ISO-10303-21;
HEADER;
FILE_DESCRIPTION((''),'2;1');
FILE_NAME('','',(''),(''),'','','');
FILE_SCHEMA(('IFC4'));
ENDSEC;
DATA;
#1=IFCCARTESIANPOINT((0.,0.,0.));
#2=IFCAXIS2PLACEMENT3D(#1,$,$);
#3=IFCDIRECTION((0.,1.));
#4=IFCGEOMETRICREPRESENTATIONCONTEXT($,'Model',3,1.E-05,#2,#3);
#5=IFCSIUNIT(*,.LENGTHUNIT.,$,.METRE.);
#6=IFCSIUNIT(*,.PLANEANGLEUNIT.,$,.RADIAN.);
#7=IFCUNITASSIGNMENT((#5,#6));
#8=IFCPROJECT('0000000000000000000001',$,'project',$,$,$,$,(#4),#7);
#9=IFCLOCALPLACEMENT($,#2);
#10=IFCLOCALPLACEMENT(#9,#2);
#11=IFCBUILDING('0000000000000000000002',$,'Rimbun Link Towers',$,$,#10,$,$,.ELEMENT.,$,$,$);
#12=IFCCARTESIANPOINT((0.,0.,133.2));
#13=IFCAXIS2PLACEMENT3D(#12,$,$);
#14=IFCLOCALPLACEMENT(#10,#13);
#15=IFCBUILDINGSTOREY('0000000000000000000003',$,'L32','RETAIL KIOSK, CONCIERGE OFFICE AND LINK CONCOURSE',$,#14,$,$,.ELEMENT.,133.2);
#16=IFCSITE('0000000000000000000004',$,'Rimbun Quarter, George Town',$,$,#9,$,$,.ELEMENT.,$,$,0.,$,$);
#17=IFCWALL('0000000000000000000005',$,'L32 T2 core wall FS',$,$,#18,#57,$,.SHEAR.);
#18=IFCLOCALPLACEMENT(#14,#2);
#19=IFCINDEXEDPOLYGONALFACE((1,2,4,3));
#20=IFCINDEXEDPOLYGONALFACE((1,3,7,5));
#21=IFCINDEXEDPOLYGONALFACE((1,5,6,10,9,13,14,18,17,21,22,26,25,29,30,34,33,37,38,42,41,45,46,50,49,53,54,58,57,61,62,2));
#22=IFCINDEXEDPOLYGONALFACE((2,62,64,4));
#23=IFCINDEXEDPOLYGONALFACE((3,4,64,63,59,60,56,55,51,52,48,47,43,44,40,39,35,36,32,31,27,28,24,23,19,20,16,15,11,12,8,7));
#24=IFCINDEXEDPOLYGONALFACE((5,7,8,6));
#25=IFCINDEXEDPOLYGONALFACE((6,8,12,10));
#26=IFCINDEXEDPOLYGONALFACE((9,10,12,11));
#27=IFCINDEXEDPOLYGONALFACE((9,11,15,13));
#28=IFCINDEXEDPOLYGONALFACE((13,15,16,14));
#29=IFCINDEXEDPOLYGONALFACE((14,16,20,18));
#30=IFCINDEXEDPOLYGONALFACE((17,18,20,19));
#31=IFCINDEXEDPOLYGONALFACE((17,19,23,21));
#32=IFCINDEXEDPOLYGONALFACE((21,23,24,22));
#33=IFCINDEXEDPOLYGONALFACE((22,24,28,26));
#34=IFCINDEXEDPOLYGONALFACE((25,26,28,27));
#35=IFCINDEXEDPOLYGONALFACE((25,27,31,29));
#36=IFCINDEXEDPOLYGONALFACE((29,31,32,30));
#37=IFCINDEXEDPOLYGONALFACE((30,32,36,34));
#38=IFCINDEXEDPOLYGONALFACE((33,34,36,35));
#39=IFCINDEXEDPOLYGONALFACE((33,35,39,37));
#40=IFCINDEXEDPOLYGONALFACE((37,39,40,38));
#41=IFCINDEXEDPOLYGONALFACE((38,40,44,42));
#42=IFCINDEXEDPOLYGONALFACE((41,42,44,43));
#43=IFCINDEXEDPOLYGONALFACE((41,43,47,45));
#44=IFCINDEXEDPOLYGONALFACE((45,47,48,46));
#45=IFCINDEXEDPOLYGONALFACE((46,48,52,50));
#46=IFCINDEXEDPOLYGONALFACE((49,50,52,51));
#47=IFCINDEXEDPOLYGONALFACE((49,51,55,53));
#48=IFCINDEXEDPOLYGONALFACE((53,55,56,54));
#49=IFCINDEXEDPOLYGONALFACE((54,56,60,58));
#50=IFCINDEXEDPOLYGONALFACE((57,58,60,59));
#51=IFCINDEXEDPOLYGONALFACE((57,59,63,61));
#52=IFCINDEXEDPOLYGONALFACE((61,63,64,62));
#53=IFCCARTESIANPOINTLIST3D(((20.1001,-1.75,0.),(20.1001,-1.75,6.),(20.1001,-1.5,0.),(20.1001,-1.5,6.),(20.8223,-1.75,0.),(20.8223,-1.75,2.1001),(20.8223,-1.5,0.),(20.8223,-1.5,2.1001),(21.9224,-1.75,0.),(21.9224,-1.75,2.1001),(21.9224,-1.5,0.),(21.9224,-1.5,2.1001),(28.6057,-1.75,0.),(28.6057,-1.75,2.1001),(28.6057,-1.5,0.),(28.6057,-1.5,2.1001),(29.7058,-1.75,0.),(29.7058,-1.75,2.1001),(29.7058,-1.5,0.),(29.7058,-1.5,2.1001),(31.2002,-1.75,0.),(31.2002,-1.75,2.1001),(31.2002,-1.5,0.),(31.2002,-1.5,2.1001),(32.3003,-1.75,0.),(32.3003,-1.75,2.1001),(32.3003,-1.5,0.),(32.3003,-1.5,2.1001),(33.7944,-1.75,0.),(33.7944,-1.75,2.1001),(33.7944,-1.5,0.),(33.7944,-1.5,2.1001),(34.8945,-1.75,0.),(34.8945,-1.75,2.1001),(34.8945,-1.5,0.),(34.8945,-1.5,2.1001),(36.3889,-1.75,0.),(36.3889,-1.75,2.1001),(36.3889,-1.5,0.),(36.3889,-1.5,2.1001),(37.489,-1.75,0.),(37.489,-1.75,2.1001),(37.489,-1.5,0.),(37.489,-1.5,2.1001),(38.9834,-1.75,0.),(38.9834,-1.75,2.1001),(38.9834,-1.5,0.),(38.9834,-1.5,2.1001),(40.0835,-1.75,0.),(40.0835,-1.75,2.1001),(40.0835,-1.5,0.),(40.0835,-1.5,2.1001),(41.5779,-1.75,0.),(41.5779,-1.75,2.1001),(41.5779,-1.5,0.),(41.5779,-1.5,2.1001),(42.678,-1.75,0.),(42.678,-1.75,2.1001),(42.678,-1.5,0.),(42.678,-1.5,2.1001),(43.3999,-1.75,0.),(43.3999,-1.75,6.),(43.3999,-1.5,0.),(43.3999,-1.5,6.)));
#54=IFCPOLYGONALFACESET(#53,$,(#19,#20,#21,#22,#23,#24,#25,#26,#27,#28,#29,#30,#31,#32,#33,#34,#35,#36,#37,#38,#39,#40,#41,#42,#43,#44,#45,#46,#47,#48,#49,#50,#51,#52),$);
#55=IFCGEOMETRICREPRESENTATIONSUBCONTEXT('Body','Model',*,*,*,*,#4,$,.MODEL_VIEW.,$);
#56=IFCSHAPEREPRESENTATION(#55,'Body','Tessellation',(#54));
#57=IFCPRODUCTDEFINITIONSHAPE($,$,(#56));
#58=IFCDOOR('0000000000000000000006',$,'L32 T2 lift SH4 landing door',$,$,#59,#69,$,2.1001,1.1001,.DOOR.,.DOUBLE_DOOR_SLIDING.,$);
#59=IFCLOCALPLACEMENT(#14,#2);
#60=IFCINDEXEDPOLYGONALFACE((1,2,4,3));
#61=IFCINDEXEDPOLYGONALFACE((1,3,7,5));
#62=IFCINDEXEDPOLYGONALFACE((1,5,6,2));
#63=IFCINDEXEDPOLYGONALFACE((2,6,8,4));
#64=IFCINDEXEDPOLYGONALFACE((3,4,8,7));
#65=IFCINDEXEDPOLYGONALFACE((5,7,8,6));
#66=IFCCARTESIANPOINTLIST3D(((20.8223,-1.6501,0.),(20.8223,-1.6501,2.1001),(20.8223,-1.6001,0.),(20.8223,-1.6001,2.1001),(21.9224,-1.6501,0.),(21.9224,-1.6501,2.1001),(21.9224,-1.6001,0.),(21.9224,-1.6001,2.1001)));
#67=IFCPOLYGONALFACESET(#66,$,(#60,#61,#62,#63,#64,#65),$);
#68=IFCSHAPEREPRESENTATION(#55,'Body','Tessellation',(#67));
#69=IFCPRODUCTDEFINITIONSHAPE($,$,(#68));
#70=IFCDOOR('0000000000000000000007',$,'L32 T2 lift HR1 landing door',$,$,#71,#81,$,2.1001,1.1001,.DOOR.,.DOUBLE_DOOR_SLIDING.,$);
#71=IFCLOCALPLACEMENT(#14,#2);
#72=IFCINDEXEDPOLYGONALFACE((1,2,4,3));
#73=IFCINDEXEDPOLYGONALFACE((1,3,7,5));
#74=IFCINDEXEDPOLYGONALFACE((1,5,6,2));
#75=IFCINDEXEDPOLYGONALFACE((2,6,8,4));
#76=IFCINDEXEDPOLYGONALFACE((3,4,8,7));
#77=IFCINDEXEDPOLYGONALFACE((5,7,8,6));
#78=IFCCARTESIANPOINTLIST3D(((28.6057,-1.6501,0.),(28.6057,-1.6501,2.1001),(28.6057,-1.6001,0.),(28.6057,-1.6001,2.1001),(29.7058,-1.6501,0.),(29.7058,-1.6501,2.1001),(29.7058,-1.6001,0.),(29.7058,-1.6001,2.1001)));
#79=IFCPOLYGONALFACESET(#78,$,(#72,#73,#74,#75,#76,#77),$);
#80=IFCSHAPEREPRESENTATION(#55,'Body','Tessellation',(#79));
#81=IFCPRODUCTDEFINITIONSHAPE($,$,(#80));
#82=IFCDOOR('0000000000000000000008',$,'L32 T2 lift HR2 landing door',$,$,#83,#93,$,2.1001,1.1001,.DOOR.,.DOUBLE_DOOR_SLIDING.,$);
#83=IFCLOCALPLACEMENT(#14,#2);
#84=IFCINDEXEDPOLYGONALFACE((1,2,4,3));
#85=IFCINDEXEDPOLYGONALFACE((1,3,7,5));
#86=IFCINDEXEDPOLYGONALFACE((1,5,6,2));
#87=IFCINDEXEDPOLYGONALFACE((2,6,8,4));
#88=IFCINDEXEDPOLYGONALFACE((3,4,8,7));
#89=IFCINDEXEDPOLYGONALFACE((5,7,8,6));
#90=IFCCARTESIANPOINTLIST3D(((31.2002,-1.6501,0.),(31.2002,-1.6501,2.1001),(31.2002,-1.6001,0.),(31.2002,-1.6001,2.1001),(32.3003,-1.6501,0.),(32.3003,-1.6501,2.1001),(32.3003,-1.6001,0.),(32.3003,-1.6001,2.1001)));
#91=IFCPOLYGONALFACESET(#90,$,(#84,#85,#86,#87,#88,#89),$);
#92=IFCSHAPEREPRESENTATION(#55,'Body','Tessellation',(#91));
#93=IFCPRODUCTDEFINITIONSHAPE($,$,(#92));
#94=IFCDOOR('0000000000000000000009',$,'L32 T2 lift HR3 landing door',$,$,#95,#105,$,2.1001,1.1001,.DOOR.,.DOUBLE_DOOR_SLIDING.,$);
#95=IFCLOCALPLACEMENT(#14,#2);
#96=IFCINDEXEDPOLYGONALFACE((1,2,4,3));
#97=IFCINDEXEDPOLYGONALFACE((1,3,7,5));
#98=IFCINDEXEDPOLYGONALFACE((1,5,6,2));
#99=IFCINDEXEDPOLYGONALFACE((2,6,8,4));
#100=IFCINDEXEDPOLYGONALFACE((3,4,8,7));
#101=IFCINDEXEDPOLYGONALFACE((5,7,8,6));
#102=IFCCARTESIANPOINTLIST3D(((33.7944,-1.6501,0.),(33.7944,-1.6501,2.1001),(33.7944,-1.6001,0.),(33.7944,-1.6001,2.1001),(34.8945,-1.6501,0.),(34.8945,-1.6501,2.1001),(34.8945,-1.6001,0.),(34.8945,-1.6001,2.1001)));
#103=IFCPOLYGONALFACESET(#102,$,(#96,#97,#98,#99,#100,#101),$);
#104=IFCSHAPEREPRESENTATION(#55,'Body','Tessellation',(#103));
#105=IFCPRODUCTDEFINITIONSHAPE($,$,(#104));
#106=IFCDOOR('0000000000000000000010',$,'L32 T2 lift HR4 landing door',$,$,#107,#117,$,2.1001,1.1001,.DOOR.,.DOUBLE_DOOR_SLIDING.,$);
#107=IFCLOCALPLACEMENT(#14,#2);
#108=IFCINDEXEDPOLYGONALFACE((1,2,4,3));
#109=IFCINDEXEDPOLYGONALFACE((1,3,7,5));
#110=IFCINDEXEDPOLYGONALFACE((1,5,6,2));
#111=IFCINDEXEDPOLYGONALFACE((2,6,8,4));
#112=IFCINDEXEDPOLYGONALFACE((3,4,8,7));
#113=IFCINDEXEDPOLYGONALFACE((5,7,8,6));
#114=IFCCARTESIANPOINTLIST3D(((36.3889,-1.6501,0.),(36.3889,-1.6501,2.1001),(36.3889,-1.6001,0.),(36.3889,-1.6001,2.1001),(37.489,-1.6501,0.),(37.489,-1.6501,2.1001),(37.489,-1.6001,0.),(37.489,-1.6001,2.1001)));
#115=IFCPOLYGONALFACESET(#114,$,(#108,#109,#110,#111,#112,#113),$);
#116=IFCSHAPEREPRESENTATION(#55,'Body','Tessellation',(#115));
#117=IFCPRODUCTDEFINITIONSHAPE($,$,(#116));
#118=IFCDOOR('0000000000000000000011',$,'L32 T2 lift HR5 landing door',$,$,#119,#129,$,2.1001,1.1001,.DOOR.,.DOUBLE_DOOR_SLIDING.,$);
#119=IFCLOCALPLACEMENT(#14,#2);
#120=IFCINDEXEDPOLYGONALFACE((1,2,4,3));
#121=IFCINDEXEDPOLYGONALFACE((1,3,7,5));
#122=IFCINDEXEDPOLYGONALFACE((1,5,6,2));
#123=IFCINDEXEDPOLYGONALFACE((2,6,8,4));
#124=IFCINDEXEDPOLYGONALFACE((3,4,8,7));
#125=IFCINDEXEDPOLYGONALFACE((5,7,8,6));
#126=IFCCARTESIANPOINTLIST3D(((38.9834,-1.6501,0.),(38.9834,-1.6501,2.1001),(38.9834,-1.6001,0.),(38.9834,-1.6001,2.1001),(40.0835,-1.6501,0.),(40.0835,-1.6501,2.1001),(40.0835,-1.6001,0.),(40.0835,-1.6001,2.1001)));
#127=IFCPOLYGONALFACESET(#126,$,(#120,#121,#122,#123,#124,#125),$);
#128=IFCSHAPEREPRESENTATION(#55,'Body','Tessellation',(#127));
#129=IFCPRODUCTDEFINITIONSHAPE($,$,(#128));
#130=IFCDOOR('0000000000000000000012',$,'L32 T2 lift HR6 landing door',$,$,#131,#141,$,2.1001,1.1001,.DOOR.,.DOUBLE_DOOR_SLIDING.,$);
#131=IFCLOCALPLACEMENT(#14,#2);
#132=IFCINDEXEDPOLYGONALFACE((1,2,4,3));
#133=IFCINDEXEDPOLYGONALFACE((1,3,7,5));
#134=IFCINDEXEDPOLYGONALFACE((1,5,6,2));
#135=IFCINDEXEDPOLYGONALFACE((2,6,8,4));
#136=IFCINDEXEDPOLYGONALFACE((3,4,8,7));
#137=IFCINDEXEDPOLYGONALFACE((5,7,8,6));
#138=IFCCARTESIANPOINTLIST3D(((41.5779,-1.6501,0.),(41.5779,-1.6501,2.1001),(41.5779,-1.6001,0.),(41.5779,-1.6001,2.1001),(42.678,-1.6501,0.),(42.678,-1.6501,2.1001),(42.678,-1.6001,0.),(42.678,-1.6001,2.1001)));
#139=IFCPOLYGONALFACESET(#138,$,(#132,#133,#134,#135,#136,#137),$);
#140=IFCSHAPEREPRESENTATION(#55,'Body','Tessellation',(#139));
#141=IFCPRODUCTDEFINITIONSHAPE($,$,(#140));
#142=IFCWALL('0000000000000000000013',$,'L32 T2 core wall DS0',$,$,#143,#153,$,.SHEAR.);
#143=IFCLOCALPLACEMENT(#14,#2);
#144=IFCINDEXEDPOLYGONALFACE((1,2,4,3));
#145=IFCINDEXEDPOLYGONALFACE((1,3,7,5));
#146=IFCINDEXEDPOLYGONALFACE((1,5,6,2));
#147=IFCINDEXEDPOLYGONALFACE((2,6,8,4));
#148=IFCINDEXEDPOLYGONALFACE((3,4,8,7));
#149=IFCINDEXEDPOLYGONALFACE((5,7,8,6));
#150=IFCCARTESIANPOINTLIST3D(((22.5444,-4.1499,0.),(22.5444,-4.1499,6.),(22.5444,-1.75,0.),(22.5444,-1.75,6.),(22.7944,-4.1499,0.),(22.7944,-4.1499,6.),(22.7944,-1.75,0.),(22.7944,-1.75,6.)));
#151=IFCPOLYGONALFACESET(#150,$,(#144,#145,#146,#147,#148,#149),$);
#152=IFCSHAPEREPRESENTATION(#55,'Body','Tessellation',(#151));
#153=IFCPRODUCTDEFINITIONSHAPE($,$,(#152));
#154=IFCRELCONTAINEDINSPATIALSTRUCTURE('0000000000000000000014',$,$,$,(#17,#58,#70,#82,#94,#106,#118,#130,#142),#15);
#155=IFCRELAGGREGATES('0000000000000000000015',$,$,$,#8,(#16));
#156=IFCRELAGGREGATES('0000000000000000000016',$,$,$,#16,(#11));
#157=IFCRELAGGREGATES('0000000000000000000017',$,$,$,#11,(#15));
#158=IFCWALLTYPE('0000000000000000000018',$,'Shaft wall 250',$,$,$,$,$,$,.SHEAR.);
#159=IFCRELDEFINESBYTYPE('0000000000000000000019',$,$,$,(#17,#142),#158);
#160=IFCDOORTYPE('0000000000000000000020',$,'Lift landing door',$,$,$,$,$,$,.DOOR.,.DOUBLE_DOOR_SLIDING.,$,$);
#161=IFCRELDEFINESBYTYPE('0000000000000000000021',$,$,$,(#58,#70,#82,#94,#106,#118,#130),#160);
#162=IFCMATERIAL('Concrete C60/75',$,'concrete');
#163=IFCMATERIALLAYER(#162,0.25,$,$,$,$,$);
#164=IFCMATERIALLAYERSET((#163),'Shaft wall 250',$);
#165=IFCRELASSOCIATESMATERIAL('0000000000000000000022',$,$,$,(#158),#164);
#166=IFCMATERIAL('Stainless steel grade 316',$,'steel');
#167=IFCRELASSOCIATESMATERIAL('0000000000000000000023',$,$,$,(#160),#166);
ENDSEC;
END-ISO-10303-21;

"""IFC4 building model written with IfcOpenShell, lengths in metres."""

from ifc_helpers import new_model, si_unit, direction, frame, frame_2d, origin, place, context, subcontext, project, spatial, rectangle, extrude, material, layer, layer_set, type_object, element, fill, save


model = new_model("IFC4")

# Units and contexts
model_context = context("Model", 3, precision=1e-05, world=origin(), true_north=direction((0.0, 1.0)))
body_context = subcontext(model_context, "Body", "Model", "MODEL_VIEW")
ifc_project = project(units=[si_unit("LENGTHUNIT", "METRE"), si_unit("PLANEANGLEUNIT", "RADIAN")], contexts=[model_context])

# Site, building, storey
site_placement = place(None, origin())
site = spatial("IfcSite", under=ifc_project, at=site_placement, Name="Rimbun Quarter, George Town", CompositionType="ELEMENT", RefElevation=0.0)
building_placement = place(site_placement, origin())
building = spatial("IfcBuilding", under=site, at=building_placement, Name="Rimbun Link Towers", CompositionType="ELEMENT")
storey_placement = place(building_placement, frame((0.0, 0.0, 133.2)))
storey = spatial("IfcBuildingStorey", under=building, at=storey_placement, Name="L32", Description="RETAIL KIOSK, CONCIERGE OFFICE AND LINK CONCOURSE", CompositionType="ELEMENT", Elevation=133.2)

# Shared definitions
ifc_material_1 = material(Name="Concrete C60/75", Category="concrete")
ifc_layer_1 = layer(ifc_material_1, 0.25)
ifc_layer_set_1 = layer_set([ifc_layer_1], Name="Shaft wall 250")
wall_type_1 = type_object("IfcWallType", Name="Shaft wall 250", PredefinedType="SHEAR", material=ifc_layer_set_1)

# Wall, openings, doors
wall_1_placement = place(storey_placement, frame((20.1001, -1.625, 0.0), z_axis=(0.0, 0.0, 1.0), x_axis=(1.0, 0.0, 0.0)))
wall_1 = element("IfcWall", 1, at=wall_1_placement, inside=storey, type_object=wall_type_1, Name="L32 T2 core wall FS", PredefinedType="SHEAR", context=body_context, shape_type="SweptSolid", body=[
    extrude(rectangle(XDim=23.2998, YDim=0.25, at=frame_2d((11.6499, 0.0))), origin(), (0.0, 0.0, 1.0), 6.0),
])
opening_1_placement = place(wall_1_placement, frame((0.7222, 0.0, 0.0)))
opening_1 = element("IfcOpeningElement", 2, at=opening_1_placement, cuts=wall_1, PredefinedType="OPENING", context=body_context, shape_type="SweptSolid", body=[
    extrude(rectangle(XDim=1.1001, YDim=2.1001, at=frame_2d((0.55, 1.05))), frame((0.0, 0.135, 0.0), z_axis=(0.0, -1.0, 0.0), x_axis=(1.0, 0.0, 0.0)), (0.0, 0.0, 1.0), 0.27),
])
opening_2_placement = place(wall_1_placement, frame((8.5056, 0.0, 0.0)))
opening_2 = element("IfcOpeningElement", 3, at=opening_2_placement, cuts=wall_1, PredefinedType="OPENING", context=body_context, shape_type="SweptSolid", body=[
    extrude(rectangle(XDim=1.1001, YDim=2.1001, at=frame_2d((0.55, 1.05))), frame((0.0, 0.135, 0.0), z_axis=(0.0, -1.0, 0.0), x_axis=(1.0, 0.0, 0.0)), (0.0, 0.0, 1.0), 0.27),
])
opening_3_placement = place(wall_1_placement, frame((11.1001, 0.0, 0.0)))
opening_3 = element("IfcOpeningElement", 4, at=opening_3_placement, cuts=wall_1, PredefinedType="OPENING", context=body_context, shape_type="SweptSolid", body=[
    extrude(rectangle(XDim=1.1001, YDim=2.1001, at=frame_2d((0.55, 1.05))), frame((0.0, 0.135, 0.0), z_axis=(0.0, -1.0, 0.0), x_axis=(1.0, 0.0, 0.0)), (0.0, 0.0, 1.0), 0.27),
])
opening_4_placement = place(wall_1_placement, frame((13.6943, 0.0, 0.0)))
opening_4 = element("IfcOpeningElement", 5, at=opening_4_placement, cuts=wall_1, PredefinedType="OPENING", context=body_context, shape_type="SweptSolid", body=[
    extrude(rectangle(XDim=1.1001, YDim=2.1001, at=frame_2d((0.55, 1.05))), frame((0.0, 0.135, 0.0), z_axis=(0.0, -1.0, 0.0), x_axis=(1.0, 0.0, 0.0)), (0.0, 0.0, 1.0), 0.27),
])
opening_5_placement = place(wall_1_placement, frame((16.2888, 0.0, 0.0)))
opening_5 = element("IfcOpeningElement", 6, at=opening_5_placement, cuts=wall_1, PredefinedType="OPENING", context=body_context, shape_type="SweptSolid", body=[
    extrude(rectangle(XDim=1.1001, YDim=2.1001, at=frame_2d((0.55, 1.05))), frame((0.0, 0.135, 0.0), z_axis=(0.0, -1.0, 0.0), x_axis=(1.0, 0.0, 0.0)), (0.0, 0.0, 1.0), 0.27),
])
opening_6_placement = place(wall_1_placement, frame((18.8833, 0.0, 0.0)))
opening_6 = element("IfcOpeningElement", 7, at=opening_6_placement, cuts=wall_1, PredefinedType="OPENING", context=body_context, shape_type="SweptSolid", body=[
    extrude(rectangle(XDim=1.1001, YDim=2.1001, at=frame_2d((0.55, 1.05))), frame((0.0, 0.135, 0.0), z_axis=(0.0, -1.0, 0.0), x_axis=(1.0, 0.0, 0.0)), (0.0, 0.0, 1.0), 0.27),
])
opening_7_placement = place(wall_1_placement, frame((21.4778, 0.0, 0.0)))
opening_7 = element("IfcOpeningElement", 8, at=opening_7_placement, cuts=wall_1, PredefinedType="OPENING", context=body_context, shape_type="SweptSolid", body=[
    extrude(rectangle(XDim=1.1001, YDim=2.1001, at=frame_2d((0.55, 1.05))), frame((0.0, 0.135, 0.0), z_axis=(0.0, -1.0, 0.0), x_axis=(1.0, 0.0, 0.0)), (0.0, 0.0, 1.0), 0.27),
])
ifc_material_2 = material(Name="Stainless steel grade 316", Category="steel")
door_type_1 = type_object("IfcDoorType", Name="Lift landing door", OperationType="DOUBLE_DOOR_SLIDING", PredefinedType="DOOR", material=ifc_material_2)
door_1_placement = place(opening_1_placement, origin())
door_1 = element("IfcDoor", 9, at=door_1_placement, inside=storey, type_object=door_type_1, Name="L32 T2 lift SH4 landing door", OperationType="DOUBLE_DOOR_SLIDING", OverallHeight=2.1001, OverallWidth=1.1001, PredefinedType="DOOR", context=body_context, shape_type="SweptSolid", body=[
    extrude(rectangle(XDim=1.1001, YDim=2.1001, at=frame_2d((0.55, 1.05))), frame((0.0, 0.0249, 0.0), z_axis=(0.0, -1.0, 0.0), x_axis=(1.0, 0.0, 0.0)), (0.0, 0.0, 1.0), 0.05),
])
fill(opening_1, door_1)
door_2_placement = place(opening_2_placement, origin())
door_2 = element("IfcDoor", 10, at=door_2_placement, inside=storey, type_object=door_type_1, Name="L32 T2 lift HR1 landing door", OperationType="DOUBLE_DOOR_SLIDING", OverallHeight=2.1001, OverallWidth=1.1001, PredefinedType="DOOR", context=body_context, shape_type="SweptSolid", body=[
    extrude(rectangle(XDim=1.1001, YDim=2.1001, at=frame_2d((0.55, 1.05))), frame((0.0, 0.0249, 0.0), z_axis=(0.0, -1.0, 0.0), x_axis=(1.0, 0.0, 0.0)), (0.0, 0.0, 1.0), 0.05),
])
fill(opening_2, door_2)
door_3_placement = place(opening_3_placement, origin())
door_3 = element("IfcDoor", 11, at=door_3_placement, inside=storey, type_object=door_type_1, Name="L32 T2 lift HR2 landing door", OperationType="DOUBLE_DOOR_SLIDING", OverallHeight=2.1001, OverallWidth=1.1001, PredefinedType="DOOR", context=body_context, shape_type="SweptSolid", body=[
    extrude(rectangle(XDim=1.1001, YDim=2.1001, at=frame_2d((0.55, 1.05))), frame((0.0, 0.0249, 0.0), z_axis=(0.0, -1.0, 0.0), x_axis=(1.0, 0.0, 0.0)), (0.0, 0.0, 1.0), 0.05),
])
fill(opening_3, door_3)
door_4_placement = place(opening_4_placement, origin())
door_4 = element("IfcDoor", 12, at=door_4_placement, inside=storey, type_object=door_type_1, Name="L32 T2 lift HR3 landing door", OperationType="DOUBLE_DOOR_SLIDING", OverallHeight=2.1001, OverallWidth=1.1001, PredefinedType="DOOR", context=body_context, shape_type="SweptSolid", body=[
    extrude(rectangle(XDim=1.1001, YDim=2.1001, at=frame_2d((0.55, 1.05))), frame((0.0, 0.0249, 0.0), z_axis=(0.0, -1.0, 0.0), x_axis=(1.0, 0.0, 0.0)), (0.0, 0.0, 1.0), 0.05),
])
fill(opening_4, door_4)
door_5_placement = place(opening_5_placement, origin())
door_5 = element("IfcDoor", 13, at=door_5_placement, inside=storey, type_object=door_type_1, Name="L32 T2 lift HR4 landing door", OperationType="DOUBLE_DOOR_SLIDING", OverallHeight=2.1001, OverallWidth=1.1001, PredefinedType="DOOR", context=body_context, shape_type="SweptSolid", body=[
    extrude(rectangle(XDim=1.1001, YDim=2.1001, at=frame_2d((0.55, 1.05))), frame((0.0, 0.0249, 0.0), z_axis=(0.0, -1.0, 0.0), x_axis=(1.0, 0.0, 0.0)), (0.0, 0.0, 1.0), 0.05),
])
fill(opening_5, door_5)
door_6_placement = place(opening_6_placement, origin())
door_6 = element("IfcDoor", 14, at=door_6_placement, inside=storey, type_object=door_type_1, Name="L32 T2 lift HR5 landing door", OperationType="DOUBLE_DOOR_SLIDING", OverallHeight=2.1001, OverallWidth=1.1001, PredefinedType="DOOR", context=body_context, shape_type="SweptSolid", body=[
    extrude(rectangle(XDim=1.1001, YDim=2.1001, at=frame_2d((0.55, 1.05))), frame((0.0, 0.0249, 0.0), z_axis=(0.0, -1.0, 0.0), x_axis=(1.0, 0.0, 0.0)), (0.0, 0.0, 1.0), 0.05),
])
fill(opening_6, door_6)
door_7_placement = place(opening_7_placement, origin())
door_7 = element("IfcDoor", 15, at=door_7_placement, inside=storey, type_object=door_type_1, Name="L32 T2 lift HR6 landing door", OperationType="DOUBLE_DOOR_SLIDING", OverallHeight=2.1001, OverallWidth=1.1001, PredefinedType="DOOR", context=body_context, shape_type="SweptSolid", body=[
    extrude(rectangle(XDim=1.1001, YDim=2.1001, at=frame_2d((0.55, 1.05))), frame((0.0, 0.0249, 0.0), z_axis=(0.0, -1.0, 0.0), x_axis=(1.0, 0.0, 0.0)), (0.0, 0.0, 1.0), 0.05),
])
fill(opening_7, door_7)

# Wall
wall_2_placement = place(storey_placement, frame((22.6694, -4.1499, 0.0), z_axis=(0.0, 0.0, 1.0), x_axis=(0.0, 1.0, 0.0)))
element("IfcWall", 16, at=wall_2_placement, inside=storey, type_object=wall_type_1, Name="L32 T2 core wall DS0", PredefinedType="SHEAR", context=body_context, shape_type="SweptSolid", body=[
    extrude(rectangle(XDim=2.3999, YDim=0.25, at=frame_2d((1.2, 0.0))), origin(), (0.0, 0.0, 1.0), 6.0),
])

save(model, "model.ifc")
